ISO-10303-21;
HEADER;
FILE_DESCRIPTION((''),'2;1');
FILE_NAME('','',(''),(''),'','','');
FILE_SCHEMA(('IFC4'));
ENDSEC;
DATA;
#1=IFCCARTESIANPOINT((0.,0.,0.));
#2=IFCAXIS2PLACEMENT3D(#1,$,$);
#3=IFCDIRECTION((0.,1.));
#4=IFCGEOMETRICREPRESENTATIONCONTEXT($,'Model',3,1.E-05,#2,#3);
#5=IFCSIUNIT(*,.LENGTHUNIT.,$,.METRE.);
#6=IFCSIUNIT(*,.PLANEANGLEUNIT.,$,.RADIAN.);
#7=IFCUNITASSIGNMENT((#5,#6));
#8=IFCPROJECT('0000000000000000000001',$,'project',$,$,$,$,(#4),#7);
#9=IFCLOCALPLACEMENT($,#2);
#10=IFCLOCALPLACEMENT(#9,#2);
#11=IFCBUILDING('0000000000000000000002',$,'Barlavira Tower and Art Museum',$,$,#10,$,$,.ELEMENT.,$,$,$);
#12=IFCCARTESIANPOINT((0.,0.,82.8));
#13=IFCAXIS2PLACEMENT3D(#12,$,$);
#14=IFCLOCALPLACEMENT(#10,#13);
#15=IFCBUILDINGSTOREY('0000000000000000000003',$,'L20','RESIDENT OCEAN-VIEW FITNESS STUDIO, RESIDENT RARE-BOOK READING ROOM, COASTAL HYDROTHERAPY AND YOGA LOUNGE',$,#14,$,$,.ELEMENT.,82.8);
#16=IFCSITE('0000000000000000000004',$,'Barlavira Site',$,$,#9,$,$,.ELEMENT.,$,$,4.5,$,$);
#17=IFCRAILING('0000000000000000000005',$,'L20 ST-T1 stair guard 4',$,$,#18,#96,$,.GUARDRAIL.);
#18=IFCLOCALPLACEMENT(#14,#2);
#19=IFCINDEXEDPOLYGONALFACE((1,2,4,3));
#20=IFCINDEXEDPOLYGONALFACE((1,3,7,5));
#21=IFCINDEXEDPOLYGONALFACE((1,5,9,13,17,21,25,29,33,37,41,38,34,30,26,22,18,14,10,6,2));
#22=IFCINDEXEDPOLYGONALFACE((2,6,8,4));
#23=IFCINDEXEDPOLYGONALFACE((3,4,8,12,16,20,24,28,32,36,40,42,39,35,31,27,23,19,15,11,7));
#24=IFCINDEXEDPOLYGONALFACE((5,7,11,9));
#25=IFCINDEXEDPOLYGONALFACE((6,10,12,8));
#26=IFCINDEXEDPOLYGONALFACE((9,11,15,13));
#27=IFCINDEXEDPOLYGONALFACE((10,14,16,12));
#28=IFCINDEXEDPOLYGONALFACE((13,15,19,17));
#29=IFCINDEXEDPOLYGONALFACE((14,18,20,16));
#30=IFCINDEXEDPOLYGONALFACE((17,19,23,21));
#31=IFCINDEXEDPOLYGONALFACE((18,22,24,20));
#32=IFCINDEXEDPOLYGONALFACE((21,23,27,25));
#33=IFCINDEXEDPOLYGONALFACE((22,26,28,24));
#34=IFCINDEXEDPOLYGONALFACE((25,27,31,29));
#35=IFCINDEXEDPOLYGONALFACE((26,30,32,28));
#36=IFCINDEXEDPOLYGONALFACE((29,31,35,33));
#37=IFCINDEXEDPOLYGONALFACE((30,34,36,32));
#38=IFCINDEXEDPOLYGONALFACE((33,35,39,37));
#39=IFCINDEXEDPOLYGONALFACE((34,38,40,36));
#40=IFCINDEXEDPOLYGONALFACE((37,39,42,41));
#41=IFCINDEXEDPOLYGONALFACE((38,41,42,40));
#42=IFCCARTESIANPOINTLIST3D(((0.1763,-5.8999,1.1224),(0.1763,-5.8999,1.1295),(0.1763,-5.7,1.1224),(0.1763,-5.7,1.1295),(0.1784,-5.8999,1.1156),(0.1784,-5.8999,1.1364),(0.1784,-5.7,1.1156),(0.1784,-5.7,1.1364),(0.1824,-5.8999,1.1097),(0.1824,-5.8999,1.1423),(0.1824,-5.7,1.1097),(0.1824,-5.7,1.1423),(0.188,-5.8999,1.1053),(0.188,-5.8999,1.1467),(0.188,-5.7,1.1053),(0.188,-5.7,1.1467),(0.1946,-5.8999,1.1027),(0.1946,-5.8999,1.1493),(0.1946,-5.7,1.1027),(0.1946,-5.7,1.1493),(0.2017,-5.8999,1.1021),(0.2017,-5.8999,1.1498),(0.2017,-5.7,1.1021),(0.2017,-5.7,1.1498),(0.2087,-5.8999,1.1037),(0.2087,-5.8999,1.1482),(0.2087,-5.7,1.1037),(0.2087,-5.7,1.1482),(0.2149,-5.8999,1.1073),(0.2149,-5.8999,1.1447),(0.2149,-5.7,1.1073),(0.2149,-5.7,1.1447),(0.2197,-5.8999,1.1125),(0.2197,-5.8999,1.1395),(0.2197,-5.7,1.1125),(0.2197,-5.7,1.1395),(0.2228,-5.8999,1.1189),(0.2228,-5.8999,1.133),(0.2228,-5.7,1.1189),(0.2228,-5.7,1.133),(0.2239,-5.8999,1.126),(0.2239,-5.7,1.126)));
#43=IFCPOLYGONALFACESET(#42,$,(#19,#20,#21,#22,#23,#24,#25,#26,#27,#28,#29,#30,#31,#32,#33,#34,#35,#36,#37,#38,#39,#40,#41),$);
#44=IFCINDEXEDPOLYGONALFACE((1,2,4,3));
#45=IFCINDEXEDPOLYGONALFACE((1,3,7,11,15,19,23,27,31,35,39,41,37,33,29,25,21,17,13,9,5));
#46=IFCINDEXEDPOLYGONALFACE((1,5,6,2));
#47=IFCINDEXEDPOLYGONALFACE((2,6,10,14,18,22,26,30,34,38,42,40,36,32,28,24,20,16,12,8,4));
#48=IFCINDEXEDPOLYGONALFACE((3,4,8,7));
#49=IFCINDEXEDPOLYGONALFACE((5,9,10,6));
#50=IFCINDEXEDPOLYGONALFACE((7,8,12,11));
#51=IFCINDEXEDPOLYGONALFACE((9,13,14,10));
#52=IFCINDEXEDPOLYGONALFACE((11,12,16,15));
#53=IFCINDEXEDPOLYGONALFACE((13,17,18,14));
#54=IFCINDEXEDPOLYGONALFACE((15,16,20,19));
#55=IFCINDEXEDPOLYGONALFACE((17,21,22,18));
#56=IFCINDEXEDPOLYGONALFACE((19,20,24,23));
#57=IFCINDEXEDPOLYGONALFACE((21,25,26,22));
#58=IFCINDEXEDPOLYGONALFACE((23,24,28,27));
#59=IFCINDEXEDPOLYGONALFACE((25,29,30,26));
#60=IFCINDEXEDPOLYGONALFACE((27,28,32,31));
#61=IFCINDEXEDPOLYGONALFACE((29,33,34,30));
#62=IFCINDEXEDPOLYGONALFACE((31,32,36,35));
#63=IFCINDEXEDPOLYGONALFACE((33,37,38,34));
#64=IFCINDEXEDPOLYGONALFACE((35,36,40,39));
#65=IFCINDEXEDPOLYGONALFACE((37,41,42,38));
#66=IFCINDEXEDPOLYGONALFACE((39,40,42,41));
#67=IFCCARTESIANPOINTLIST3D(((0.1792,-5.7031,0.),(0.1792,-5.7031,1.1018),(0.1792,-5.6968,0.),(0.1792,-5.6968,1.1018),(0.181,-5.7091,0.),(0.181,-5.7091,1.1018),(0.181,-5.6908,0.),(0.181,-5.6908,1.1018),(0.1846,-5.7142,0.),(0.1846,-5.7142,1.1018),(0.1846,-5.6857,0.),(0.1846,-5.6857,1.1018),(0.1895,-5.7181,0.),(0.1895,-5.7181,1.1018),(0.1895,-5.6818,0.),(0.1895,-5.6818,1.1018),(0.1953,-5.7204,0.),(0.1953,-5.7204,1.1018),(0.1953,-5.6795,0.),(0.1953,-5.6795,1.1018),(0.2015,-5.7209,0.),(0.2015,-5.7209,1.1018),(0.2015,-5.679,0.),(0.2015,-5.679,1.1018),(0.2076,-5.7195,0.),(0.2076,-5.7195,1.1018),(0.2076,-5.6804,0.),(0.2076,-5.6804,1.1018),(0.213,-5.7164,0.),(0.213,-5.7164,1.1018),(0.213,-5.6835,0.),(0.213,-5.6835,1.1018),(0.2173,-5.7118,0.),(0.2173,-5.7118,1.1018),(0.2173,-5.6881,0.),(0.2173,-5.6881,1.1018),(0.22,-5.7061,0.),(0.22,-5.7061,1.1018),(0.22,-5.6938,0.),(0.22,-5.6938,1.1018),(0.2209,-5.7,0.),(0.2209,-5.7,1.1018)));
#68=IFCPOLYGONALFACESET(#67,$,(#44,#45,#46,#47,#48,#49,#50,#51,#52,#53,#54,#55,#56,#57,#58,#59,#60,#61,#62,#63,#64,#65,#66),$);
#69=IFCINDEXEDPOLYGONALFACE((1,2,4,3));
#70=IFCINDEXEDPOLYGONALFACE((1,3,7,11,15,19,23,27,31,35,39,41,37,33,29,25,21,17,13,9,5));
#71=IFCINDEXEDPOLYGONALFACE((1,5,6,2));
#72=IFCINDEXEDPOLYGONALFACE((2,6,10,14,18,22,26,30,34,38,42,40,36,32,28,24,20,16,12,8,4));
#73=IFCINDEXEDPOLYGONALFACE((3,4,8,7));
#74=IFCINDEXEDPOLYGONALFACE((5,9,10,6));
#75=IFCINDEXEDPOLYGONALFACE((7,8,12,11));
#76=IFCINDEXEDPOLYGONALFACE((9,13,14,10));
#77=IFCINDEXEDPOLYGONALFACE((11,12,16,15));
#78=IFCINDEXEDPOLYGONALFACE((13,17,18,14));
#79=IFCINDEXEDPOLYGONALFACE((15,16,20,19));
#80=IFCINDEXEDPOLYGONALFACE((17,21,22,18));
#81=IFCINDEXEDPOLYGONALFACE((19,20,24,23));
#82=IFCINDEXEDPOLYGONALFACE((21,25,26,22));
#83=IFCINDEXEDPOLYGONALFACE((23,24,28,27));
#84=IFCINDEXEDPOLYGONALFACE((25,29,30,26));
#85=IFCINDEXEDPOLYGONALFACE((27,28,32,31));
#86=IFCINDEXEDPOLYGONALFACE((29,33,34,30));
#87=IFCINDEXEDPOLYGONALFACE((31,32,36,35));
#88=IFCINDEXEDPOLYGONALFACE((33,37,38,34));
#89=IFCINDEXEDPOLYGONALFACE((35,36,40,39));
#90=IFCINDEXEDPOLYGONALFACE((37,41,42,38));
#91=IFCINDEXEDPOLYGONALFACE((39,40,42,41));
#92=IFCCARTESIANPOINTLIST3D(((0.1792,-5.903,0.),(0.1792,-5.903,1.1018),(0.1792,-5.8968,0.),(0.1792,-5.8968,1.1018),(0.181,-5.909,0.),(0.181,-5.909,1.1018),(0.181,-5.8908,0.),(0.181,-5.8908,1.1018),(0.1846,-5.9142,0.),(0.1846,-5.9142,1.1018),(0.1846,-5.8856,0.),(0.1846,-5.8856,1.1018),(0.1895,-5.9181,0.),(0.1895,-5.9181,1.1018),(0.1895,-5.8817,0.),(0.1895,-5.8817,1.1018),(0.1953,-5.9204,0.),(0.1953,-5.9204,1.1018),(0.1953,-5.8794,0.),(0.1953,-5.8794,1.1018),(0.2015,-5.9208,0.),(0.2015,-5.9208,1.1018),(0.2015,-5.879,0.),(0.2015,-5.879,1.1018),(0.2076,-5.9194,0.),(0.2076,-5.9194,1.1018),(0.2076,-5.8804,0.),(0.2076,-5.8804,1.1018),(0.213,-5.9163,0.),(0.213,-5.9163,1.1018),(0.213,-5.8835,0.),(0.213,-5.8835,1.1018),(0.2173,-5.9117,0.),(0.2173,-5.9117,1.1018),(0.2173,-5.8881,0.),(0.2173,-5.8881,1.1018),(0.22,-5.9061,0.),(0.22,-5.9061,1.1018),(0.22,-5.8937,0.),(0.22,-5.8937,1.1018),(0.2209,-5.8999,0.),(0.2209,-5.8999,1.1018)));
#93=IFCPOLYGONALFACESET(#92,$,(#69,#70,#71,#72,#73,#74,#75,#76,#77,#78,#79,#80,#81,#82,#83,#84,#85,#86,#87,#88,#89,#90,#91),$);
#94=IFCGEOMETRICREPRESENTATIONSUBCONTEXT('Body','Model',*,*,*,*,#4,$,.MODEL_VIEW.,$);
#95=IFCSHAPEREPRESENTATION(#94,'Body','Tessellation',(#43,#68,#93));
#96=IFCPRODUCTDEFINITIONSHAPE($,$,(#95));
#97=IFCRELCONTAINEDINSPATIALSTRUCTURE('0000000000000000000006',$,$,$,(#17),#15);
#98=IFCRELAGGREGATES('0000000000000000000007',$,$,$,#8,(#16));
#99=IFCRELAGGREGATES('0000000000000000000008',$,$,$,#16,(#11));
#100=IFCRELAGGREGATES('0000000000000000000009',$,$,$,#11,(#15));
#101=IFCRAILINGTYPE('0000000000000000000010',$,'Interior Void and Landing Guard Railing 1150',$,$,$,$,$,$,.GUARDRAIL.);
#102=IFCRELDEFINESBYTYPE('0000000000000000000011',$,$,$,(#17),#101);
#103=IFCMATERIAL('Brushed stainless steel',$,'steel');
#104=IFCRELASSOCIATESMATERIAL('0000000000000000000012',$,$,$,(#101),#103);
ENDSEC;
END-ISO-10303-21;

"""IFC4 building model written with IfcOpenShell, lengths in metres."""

from ifc_helpers import new_model, si_unit, direction, frame, origin, origin_2d, place, context, subcontext, project, spatial, circle, extrude, material, type_object, element, save


model = new_model("IFC4")

# Units and contexts
model_context = context("Model", 3, precision=1e-05, world=origin(), true_north=direction((0.0, 1.0)))
body_context = subcontext(model_context, "Body", "Model", "MODEL_VIEW")
ifc_project = project(units=[si_unit("LENGTHUNIT", "METRE"), si_unit("PLANEANGLEUNIT", "RADIAN")], contexts=[model_context])

# Site, building, storey
site_placement = place(None, origin())
site = spatial("IfcSite", under=ifc_project, at=site_placement, Name="Barlavira Site", CompositionType="ELEMENT", RefElevation=4.5)
building_placement = place(site_placement, origin())
building = spatial("IfcBuilding", under=site, at=building_placement, Name="Barlavira Tower and Art Museum", CompositionType="ELEMENT")
storey_placement = place(building_placement, frame((0.0, 0.0, 82.8)))
storey = spatial("IfcBuildingStorey", under=building, at=storey_placement, Name="L20", Description="RESIDENT OCEAN-VIEW FITNESS STUDIO, RESIDENT RARE-BOOK READING ROOM, COASTAL HYDROTHERAPY AND YOGA LOUNGE", CompositionType="ELEMENT", Elevation=82.8)

# Shared definitions
ifc_material_1 = material(Name="Brushed stainless steel", Category="steel")

# Railing
railing_type_1 = type_object("IfcRailingType", Name="Interior Void and Landing Guard Railing 1150", PredefinedType="GUARDRAIL", material=ifc_material_1)
railing_1_placement = place(storey_placement, frame((0.2, -5.7, 0.0)))
element("IfcRailing", 1, at=railing_1_placement, inside=storey, type_object=railing_type_1, Name="L20 ST-T1 stair guard 4", PredefinedType="GUARDRAIL", context=body_context, shape_type="SweptSolid", body=[
    extrude(circle(Radius=0.0239, at=origin_2d()), frame((0.0, 0.0, 1.126), z_axis=(0.0, -1.0, 0.0), x_axis=(1.0, 0.0, 0.0)), (0.0, 0.0, 1.0), 0.2),
    extrude(circle(Radius=0.021, at=origin_2d()), origin(), (0.0, 0.0, 1.0), 1.1018),
    extrude(circle(Radius=0.021, at=origin_2d()), frame((0.0, -0.2, 0.0)), (0.0, 0.0, 1.0), 1.1018),
])

save(model, "model.ifc")
